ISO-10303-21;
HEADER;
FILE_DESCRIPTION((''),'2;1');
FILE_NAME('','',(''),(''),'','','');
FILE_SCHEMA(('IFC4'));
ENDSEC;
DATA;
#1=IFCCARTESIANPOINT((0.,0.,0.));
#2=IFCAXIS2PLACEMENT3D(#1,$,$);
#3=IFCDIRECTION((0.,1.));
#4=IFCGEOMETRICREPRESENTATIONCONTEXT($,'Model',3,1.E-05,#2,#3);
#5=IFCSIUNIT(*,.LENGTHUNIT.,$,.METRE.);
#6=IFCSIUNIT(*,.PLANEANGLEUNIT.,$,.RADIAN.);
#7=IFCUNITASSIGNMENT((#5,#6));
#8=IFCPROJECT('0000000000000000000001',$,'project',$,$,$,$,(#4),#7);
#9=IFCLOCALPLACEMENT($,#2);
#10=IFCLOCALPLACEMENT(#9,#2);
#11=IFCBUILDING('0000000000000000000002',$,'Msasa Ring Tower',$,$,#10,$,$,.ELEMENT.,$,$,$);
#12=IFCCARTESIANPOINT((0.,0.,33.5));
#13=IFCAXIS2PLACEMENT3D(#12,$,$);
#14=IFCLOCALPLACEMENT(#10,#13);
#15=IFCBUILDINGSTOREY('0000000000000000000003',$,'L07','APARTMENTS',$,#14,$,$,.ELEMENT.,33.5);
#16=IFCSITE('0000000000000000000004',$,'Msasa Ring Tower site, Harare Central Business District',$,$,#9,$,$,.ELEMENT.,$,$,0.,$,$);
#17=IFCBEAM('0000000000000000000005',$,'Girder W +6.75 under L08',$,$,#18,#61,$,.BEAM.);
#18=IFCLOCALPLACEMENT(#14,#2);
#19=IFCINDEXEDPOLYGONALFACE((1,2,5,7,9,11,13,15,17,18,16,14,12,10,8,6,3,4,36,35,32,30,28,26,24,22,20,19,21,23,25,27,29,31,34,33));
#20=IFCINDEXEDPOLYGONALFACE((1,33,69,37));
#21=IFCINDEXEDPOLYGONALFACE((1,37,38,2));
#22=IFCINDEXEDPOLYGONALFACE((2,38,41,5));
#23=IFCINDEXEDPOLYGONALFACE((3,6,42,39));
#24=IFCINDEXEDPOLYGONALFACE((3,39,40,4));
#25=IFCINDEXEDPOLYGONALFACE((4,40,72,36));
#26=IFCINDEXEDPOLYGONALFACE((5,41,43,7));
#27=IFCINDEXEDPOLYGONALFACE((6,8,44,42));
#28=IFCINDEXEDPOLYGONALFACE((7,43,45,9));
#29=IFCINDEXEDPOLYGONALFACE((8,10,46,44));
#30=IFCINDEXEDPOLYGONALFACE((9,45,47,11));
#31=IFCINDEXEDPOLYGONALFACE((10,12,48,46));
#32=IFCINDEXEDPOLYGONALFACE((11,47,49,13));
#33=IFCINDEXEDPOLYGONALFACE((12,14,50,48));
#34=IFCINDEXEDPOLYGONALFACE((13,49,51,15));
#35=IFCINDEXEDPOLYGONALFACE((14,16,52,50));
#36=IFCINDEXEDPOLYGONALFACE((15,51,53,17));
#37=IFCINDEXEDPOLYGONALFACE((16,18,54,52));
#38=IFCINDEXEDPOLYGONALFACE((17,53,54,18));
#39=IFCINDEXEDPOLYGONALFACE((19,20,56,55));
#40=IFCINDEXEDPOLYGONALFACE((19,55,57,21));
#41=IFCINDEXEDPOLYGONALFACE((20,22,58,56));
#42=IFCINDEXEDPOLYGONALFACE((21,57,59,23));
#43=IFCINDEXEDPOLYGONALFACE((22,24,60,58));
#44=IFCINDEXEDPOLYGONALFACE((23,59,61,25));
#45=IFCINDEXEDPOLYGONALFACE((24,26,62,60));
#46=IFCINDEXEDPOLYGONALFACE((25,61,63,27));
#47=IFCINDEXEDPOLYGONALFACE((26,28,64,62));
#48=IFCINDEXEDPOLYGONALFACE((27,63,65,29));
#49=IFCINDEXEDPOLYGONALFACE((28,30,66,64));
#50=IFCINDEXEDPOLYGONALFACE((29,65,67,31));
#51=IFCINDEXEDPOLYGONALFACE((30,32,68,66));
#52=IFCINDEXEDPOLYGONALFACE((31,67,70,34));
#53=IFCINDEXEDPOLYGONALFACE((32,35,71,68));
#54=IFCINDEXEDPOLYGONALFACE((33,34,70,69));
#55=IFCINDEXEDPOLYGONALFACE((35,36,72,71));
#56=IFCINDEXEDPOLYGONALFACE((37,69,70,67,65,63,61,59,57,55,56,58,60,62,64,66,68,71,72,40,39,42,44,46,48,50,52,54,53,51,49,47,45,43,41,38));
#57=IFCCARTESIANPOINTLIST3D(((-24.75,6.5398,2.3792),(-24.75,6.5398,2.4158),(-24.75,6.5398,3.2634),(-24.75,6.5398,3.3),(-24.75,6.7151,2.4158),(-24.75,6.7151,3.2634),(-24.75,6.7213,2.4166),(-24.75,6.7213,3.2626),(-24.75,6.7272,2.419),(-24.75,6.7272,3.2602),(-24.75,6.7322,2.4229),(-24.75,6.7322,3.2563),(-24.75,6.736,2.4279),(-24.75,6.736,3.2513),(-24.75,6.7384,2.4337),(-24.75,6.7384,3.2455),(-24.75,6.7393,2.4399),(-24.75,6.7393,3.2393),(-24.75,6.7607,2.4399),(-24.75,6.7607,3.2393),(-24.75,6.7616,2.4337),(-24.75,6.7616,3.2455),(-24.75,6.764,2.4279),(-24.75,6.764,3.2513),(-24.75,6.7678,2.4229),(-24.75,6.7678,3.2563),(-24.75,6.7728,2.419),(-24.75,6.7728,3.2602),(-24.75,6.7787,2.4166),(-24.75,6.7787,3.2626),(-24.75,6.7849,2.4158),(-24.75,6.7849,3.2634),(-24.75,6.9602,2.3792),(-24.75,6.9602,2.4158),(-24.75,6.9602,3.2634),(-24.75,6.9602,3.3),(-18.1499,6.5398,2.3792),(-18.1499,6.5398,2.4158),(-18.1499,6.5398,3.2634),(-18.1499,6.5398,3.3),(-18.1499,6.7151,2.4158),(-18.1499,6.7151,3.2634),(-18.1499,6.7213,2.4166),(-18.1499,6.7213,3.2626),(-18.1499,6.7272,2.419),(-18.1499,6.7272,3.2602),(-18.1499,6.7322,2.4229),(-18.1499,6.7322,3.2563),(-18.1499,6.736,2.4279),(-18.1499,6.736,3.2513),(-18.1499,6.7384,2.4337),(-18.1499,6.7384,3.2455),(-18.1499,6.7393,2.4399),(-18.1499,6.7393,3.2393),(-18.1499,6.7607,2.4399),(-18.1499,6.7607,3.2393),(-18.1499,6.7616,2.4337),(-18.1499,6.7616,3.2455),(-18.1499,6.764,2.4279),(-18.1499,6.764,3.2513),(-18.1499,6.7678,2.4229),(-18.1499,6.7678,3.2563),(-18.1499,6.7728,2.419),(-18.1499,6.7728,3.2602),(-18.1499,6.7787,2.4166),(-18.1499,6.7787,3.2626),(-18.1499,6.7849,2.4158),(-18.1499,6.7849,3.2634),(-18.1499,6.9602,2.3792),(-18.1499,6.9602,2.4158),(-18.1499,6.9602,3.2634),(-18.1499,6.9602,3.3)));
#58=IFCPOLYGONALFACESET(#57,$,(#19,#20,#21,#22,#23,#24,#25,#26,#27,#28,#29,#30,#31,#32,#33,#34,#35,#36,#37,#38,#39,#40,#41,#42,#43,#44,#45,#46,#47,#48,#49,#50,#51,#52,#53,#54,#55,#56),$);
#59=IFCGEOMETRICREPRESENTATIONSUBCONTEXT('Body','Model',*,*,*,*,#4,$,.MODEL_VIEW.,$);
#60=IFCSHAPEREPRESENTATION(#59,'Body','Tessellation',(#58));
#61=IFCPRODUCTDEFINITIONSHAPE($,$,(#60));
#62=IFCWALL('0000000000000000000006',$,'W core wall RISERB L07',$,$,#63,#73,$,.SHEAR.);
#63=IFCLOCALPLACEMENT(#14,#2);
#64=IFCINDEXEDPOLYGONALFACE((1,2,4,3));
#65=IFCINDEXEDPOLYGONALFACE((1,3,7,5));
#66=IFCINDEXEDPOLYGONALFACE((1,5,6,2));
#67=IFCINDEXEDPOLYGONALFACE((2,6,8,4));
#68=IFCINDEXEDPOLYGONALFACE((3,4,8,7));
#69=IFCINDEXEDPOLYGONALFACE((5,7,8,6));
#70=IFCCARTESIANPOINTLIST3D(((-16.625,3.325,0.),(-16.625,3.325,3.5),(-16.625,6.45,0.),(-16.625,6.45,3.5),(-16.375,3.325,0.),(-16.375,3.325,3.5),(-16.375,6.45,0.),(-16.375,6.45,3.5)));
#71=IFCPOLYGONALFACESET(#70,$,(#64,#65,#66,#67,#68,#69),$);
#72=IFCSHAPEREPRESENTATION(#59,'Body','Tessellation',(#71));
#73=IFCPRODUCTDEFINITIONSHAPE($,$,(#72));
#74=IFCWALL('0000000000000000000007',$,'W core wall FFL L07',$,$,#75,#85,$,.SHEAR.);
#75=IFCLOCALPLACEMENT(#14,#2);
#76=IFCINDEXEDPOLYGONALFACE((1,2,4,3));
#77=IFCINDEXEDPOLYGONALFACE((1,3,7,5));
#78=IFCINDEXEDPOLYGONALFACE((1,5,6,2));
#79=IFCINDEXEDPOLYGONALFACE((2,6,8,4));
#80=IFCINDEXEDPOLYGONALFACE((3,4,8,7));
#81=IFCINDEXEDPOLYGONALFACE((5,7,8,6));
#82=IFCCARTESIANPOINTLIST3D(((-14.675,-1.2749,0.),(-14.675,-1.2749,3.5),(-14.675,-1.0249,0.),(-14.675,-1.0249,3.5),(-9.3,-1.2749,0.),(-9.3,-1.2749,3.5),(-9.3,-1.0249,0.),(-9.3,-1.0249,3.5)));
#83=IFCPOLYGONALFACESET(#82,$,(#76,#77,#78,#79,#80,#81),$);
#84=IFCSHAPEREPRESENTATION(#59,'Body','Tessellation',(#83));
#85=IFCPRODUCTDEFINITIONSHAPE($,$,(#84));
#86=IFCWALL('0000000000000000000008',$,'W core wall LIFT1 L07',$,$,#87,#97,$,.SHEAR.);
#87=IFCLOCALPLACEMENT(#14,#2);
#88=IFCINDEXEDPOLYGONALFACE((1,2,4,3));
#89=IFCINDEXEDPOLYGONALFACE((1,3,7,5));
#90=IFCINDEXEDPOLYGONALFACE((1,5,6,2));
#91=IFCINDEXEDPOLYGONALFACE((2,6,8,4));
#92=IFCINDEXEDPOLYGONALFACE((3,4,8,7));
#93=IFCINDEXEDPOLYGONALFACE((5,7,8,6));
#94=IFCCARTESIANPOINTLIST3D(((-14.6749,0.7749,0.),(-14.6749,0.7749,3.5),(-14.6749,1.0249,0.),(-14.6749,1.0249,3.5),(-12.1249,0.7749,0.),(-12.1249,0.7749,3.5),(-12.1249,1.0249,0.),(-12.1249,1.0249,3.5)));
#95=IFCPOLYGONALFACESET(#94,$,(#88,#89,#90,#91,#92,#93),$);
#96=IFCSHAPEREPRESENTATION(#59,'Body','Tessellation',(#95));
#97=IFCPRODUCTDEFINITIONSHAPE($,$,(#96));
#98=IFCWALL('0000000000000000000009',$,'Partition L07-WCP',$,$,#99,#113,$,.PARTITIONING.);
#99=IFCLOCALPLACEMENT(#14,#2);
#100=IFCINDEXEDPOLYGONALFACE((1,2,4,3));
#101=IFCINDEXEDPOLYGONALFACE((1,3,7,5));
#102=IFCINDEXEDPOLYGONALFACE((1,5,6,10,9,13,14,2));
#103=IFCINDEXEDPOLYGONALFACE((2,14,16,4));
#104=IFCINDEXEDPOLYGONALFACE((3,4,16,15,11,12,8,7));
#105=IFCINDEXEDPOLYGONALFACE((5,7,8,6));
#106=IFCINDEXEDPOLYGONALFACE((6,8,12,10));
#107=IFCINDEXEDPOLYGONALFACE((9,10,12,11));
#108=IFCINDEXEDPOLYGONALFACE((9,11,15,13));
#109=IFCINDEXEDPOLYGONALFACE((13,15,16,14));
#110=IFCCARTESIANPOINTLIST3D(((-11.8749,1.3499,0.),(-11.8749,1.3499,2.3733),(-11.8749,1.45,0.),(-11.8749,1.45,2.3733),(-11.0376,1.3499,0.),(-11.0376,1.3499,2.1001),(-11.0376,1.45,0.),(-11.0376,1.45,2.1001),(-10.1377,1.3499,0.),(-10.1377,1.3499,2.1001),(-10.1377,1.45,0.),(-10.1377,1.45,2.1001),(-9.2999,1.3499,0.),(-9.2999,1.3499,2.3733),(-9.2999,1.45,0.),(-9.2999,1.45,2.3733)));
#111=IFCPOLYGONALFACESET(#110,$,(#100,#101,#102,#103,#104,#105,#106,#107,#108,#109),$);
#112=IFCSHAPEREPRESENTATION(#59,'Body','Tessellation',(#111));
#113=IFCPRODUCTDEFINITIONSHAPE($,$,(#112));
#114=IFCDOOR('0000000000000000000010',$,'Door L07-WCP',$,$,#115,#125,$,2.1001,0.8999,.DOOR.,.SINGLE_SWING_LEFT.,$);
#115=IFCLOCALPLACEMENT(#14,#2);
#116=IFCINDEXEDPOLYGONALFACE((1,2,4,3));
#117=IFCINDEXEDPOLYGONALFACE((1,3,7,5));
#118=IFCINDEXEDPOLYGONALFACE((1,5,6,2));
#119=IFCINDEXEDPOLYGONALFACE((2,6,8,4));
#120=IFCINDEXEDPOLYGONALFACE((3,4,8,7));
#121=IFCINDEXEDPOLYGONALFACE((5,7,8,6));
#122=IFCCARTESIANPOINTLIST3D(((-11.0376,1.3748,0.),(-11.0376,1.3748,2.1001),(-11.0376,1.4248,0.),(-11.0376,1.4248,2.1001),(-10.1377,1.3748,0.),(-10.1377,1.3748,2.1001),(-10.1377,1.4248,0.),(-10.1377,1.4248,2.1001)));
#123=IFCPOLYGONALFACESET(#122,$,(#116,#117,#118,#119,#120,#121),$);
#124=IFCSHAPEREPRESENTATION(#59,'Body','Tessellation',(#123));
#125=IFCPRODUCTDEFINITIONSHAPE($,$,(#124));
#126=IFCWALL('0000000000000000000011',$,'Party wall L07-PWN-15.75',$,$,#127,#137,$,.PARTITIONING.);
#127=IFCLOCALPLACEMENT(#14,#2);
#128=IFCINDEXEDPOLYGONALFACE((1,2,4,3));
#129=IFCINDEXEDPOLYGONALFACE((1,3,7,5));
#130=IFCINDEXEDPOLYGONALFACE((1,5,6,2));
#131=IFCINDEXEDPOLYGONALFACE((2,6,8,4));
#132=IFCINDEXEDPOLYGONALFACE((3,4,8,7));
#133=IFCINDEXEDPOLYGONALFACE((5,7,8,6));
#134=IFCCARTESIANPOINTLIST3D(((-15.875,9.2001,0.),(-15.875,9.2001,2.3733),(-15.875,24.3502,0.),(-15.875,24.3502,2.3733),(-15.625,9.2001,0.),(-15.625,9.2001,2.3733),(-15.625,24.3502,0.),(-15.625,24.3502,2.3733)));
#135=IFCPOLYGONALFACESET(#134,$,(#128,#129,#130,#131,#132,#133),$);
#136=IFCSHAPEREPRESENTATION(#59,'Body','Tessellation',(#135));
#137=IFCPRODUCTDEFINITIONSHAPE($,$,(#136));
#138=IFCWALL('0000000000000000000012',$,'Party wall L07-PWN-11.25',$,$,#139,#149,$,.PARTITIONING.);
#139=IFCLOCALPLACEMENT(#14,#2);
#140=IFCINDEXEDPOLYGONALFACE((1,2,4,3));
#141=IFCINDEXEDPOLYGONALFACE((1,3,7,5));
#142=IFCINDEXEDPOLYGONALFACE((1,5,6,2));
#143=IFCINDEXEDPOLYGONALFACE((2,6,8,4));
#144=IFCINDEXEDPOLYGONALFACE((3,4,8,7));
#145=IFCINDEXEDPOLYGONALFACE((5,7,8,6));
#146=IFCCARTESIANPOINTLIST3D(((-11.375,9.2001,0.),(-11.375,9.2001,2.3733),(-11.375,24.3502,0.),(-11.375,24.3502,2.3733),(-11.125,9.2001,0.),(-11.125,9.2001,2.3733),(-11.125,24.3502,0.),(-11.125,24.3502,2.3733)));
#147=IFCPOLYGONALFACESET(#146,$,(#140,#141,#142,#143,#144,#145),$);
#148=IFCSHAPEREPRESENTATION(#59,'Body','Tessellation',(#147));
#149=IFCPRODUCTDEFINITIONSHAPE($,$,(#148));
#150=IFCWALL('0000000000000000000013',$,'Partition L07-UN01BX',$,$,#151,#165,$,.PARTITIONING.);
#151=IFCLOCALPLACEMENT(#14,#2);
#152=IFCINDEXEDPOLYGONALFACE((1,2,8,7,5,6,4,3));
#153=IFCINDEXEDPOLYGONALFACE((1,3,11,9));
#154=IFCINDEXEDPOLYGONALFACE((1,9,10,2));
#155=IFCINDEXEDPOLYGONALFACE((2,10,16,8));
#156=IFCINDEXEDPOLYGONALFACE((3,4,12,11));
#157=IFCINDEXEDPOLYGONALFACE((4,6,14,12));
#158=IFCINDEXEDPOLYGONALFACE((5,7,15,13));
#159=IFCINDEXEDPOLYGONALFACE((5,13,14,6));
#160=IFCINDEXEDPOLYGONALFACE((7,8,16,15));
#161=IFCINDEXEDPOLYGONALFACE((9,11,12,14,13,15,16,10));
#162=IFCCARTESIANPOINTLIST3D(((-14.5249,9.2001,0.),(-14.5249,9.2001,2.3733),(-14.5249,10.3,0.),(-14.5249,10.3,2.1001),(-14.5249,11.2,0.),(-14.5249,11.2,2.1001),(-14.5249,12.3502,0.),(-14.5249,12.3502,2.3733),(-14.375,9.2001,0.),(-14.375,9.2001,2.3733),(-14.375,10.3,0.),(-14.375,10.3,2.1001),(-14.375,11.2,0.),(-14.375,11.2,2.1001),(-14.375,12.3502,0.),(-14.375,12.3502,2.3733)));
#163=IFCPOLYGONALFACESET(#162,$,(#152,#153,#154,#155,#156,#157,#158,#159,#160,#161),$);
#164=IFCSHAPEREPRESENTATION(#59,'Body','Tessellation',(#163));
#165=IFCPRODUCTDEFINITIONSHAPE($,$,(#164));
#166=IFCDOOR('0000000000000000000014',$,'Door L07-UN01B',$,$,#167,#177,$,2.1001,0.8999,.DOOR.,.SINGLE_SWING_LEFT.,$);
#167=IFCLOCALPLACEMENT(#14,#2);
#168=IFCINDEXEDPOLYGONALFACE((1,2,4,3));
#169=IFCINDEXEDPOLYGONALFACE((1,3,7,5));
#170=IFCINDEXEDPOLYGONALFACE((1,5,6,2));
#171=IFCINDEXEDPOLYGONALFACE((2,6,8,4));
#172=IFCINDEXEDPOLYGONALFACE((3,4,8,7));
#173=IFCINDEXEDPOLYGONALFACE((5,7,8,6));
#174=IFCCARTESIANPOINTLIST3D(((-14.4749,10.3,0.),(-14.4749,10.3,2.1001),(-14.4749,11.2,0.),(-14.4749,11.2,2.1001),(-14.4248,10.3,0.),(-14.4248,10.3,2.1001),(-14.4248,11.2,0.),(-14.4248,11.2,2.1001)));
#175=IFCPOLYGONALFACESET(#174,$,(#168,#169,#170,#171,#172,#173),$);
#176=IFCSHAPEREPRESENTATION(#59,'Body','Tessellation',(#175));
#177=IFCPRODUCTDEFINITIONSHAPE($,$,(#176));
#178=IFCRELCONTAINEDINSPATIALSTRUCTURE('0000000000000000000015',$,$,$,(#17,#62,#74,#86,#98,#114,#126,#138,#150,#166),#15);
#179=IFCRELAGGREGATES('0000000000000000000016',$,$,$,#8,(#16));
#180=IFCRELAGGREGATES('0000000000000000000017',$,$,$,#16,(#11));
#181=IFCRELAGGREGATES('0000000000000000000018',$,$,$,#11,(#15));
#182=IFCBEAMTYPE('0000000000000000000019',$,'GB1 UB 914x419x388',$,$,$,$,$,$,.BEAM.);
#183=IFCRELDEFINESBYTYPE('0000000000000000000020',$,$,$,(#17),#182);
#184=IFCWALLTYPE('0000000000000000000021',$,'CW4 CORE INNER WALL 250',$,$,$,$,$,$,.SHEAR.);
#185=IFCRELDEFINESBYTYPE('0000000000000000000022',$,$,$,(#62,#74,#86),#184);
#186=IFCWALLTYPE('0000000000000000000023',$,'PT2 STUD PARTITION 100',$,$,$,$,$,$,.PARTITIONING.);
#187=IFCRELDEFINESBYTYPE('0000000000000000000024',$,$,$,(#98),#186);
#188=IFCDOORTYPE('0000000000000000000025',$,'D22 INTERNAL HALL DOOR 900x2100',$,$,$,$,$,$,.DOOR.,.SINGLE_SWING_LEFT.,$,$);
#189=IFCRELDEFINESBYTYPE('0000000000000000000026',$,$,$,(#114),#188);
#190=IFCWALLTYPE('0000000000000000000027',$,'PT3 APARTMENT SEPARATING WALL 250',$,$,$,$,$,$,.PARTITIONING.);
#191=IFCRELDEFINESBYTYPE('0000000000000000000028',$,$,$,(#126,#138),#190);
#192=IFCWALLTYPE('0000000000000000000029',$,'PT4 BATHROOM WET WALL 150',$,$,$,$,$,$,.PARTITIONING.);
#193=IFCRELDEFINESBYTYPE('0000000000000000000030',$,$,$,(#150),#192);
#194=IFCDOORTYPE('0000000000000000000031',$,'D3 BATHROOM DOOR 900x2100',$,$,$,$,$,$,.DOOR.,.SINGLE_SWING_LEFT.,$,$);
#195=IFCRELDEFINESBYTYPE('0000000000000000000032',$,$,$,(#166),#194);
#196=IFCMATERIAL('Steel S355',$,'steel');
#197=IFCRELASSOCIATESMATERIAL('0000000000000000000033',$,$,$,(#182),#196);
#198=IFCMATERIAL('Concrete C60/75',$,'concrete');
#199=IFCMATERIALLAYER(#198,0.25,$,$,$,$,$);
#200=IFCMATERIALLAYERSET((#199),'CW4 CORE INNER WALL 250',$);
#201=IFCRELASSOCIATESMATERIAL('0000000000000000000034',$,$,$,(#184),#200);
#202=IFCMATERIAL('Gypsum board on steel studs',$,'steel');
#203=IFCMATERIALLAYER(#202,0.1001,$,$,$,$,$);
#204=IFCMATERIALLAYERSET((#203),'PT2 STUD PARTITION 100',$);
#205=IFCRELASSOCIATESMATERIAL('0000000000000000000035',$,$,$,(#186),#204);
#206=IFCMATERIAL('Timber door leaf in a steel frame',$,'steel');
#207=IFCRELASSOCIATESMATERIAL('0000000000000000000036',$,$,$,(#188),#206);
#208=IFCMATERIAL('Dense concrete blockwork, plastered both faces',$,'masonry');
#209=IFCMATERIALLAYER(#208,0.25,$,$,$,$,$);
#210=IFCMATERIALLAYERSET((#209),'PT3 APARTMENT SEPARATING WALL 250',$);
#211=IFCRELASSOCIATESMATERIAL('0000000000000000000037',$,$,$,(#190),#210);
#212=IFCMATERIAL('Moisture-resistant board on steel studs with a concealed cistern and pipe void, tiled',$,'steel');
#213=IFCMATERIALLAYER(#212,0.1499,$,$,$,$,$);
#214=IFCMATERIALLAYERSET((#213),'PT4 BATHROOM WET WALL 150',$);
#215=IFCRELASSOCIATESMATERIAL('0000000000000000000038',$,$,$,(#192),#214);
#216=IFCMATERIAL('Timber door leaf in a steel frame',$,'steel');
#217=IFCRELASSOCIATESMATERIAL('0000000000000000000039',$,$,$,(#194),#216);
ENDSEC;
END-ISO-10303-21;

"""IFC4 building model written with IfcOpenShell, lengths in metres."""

from ifc_helpers import new_model, si_unit, direction, frame, frame_2d, origin, origin_2d, place, context, subcontext, project, spatial, rectangle, i_section, extrude, material, layer, layer_set, material_profile, profile_set, type_object, element, fill, save


model = new_model("IFC4")

# Units and contexts
model_context = context("Model", 3, precision=1e-05, world=origin(), true_north=direction((0.0, 1.0)))
body_context = subcontext(model_context, "Body", "Model", "MODEL_VIEW")
ifc_project = project(units=[si_unit("LENGTHUNIT", "METRE"), si_unit("PLANEANGLEUNIT", "RADIAN")], contexts=[model_context])

# Site, building, storey
site_placement = place(None, origin())
site = spatial("IfcSite", under=ifc_project, at=site_placement, Name="Msasa Ring Tower site, Harare Central Business District", CompositionType="ELEMENT", RefElevation=0.0)
building_placement = place(site_placement, origin())
building = spatial("IfcBuilding", under=site, at=building_placement, Name="Msasa Ring Tower", CompositionType="ELEMENT")
storey_placement = place(building_placement, frame((0.0, 0.0, 33.5)))
storey = spatial("IfcBuildingStorey", under=building, at=storey_placement, Name="L07", Description="APARTMENTS", CompositionType="ELEMENT", Elevation=33.5)

# Beam
ifc_material_1 = material(Name="Steel S355", Category="steel")
ifc_material_profile = material_profile(ifc_material_1, i_section(OverallWidth=0.4204, OverallDepth=0.9209, WebThickness=0.0215, FlangeThickness=0.0366, FilletRadius=0.0242, at=origin_2d()), Name="UB 914x419x388")
ifc_profile_set = profile_set([ifc_material_profile], Name="Steel S355")
beam_type = type_object("IfcBeamType", Name="GB1 UB 914x419x388", PredefinedType="BEAM", material=ifc_profile_set)
beam_placement = place(storey_placement, frame((-18.1499, 6.75, 2.8396), z_axis=(-1.0, 0.0, 0.0), x_axis=(0.0, -1.0, 0.0)))
element("IfcBeam", 1, at=beam_placement, inside=storey, type_object=beam_type, Name="Girder W +6.75 under L08", PredefinedType="BEAM", context=body_context, shape_type="SweptSolid", body=[
    extrude(i_section(OverallWidth=0.4204, OverallDepth=0.9209, WebThickness=0.0215, FlangeThickness=0.0366, FilletRadius=0.0242, at=origin_2d()), origin(), (0.0, 0.0, 1.0), 6.6001),
])

# Walls
ifc_material_2 = material(Name="Concrete C60/75", Category="concrete")
ifc_layer_1 = layer(ifc_material_2, 0.25)
ifc_layer_set_1 = layer_set([ifc_layer_1], Name="CW4 CORE INNER WALL 250")
wall_type_1 = type_object("IfcWallType", Name="CW4 CORE INNER WALL 250", PredefinedType="SHEAR", material=ifc_layer_set_1)
wall_1_placement = place(storey_placement, frame((-16.5, 3.325, 0.0), z_axis=(0.0, 0.0, 1.0), x_axis=(0.0, 1.0, 0.0)))
element("IfcWall", 2, at=wall_1_placement, inside=storey, type_object=wall_type_1, Name="W core wall RISERB L07", PredefinedType="SHEAR", context=body_context, shape_type="SweptSolid", body=[
    extrude(rectangle(XDim=3.125, YDim=0.25, at=frame_2d((1.5625, 0.0))), origin(), (0.0, 0.0, 1.0), 3.5),
])
wall_2_placement = place(storey_placement, frame((-9.3, -1.1499, 0.0), z_axis=(0.0, 0.0, 1.0), x_axis=(-1.0, 0.0, 0.0)))
element("IfcWall", 3, at=wall_2_placement, inside=storey, type_object=wall_type_1, Name="W core wall FFL L07", PredefinedType="SHEAR", context=body_context, shape_type="SweptSolid", body=[
    extrude(rectangle(XDim=5.375, YDim=0.25, at=frame_2d((2.6875, 0.0))), origin(), (0.0, 0.0, 1.0), 3.5),
])
wall_3_placement = place(storey_placement, frame((-12.125, 0.8999, 0.0), z_axis=(0.0, 0.0, 1.0), x_axis=(-1.0, 0.0, 0.0)))
element("IfcWall", 4, at=wall_3_placement, inside=storey, type_object=wall_type_1, Name="W core wall LIFT1 L07", PredefinedType="SHEAR", context=body_context, shape_type="SweptSolid", body=[
    extrude(rectangle(XDim=2.55, YDim=0.25, at=frame_2d((1.2749, 0.0))), origin(), (0.0, 0.0, 1.0), 3.5),
])

# Wall, opening, door
ifc_material_3 = material(Name="Gypsum board on steel studs", Category="steel")
ifc_layer_2 = layer(ifc_material_3, 0.1001)
ifc_layer_set_2 = layer_set([ifc_layer_2], Name="PT2 STUD PARTITION 100")
wall_type_2 = type_object("IfcWallType", Name="PT2 STUD PARTITION 100", PredefinedType="PARTITIONING", material=ifc_layer_set_2)
wall_4_placement = place(storey_placement, frame((-11.875, 1.3999, 0.0), z_axis=(0.0, 0.0, 1.0), x_axis=(1.0, 0.0, 0.0)))
wall_4 = element("IfcWall", 5, at=wall_4_placement, inside=storey, type_object=wall_type_2, Name="Partition L07-WCP", PredefinedType="PARTITIONING", context=body_context, shape_type="SweptSolid", body=[
    extrude(rectangle(XDim=2.575, YDim=0.1001, at=frame_2d((1.2876, 0.0))), origin(), (0.0, 0.0, 1.0), 2.3733),
])
opening_1_placement = place(wall_4_placement, frame((0.8374, 0.0, 0.0)))
opening_1 = element("IfcOpeningElement", 6, at=opening_1_placement, cuts=wall_4, PredefinedType="OPENING", context=body_context, shape_type="SweptSolid", body=[
    extrude(rectangle(XDim=0.8999, YDim=2.1001, at=frame_2d((0.45, 1.05))), frame((0.0, 0.0601, 0.0), z_axis=(0.0, -1.0, 0.0), x_axis=(1.0, 0.0, 0.0)), (0.0, 0.0, 1.0), 0.1201),
])
ifc_material_4 = material(Name="Timber door leaf in a steel frame", Category="steel")
door_type_1 = type_object("IfcDoorType", Name="D22 INTERNAL HALL DOOR 900x2100", OperationType="SINGLE_SWING_LEFT", PredefinedType="DOOR", material=ifc_material_4)
door_1_placement = place(opening_1_placement, origin())
door_1 = element("IfcDoor", 7, at=door_1_placement, inside=storey, type_object=door_type_1, Name="Door L07-WCP", OperationType="SINGLE_SWING_LEFT", OverallHeight=2.1001, OverallWidth=0.8999, PredefinedType="DOOR", context=body_context, shape_type="SweptSolid", body=[
    extrude(rectangle(XDim=0.8999, YDim=2.1001, at=frame_2d((0.45, 1.05))), frame((0.0, 0.0249, 0.0), z_axis=(0.0, -1.0, 0.0), x_axis=(1.0, 0.0, 0.0)), (0.0, 0.0, 1.0), 0.05),
])
fill(opening_1, door_1)

# Walls
ifc_material_5 = material(Name="Dense concrete blockwork, plastered both faces", Category="masonry")
ifc_layer_3 = layer(ifc_material_5, 0.25)
ifc_layer_set_3 = layer_set([ifc_layer_3], Name="PT3 APARTMENT SEPARATING WALL 250")
wall_type_3 = type_object("IfcWallType", Name="PT3 APARTMENT SEPARATING WALL 250", PredefinedType="PARTITIONING", material=ifc_layer_set_3)
for number, where, z_axis, x_axis, name in (
    (8, (-15.75, 9.2, 0.0), (0.0, 0.0, 1.0), (0.0, 1.0, 0.0), "Party wall L07-PWN-15.75"),
    (9, (-11.25, 9.2, 0.0), (0.0, 0.0, 1.0), (0.0, 1.0, 0.0), "Party wall L07-PWN-11.25"),
):
    element("IfcWall", number, at=place(storey_placement, frame(where, z_axis=z_axis, x_axis=x_axis)), inside=storey, type_object=wall_type_3, Name=name, PredefinedType="PARTITIONING", context=body_context, shape_type="SweptSolid", body=[
        extrude(rectangle(XDim=15.1501, YDim=0.25, at=frame_2d((7.5752, 0.0))), origin(), (0.0, 0.0, 1.0), 2.3733),
    ])

# Wall, opening, door
ifc_material_6 = material(Name="Moisture-resistant board on steel studs with a concealed cistern and pipe void, tiled", Category="steel")
ifc_layer_4 = layer(ifc_material_6, 0.1499)
ifc_layer_set_4 = layer_set([ifc_layer_4], Name="PT4 BATHROOM WET WALL 150")
wall_type_4 = type_object("IfcWallType", Name="PT4 BATHROOM WET WALL 150", PredefinedType="PARTITIONING", material=ifc_layer_set_4)
wall_5_placement = place(storey_placement, frame((-14.45, 9.2, 0.0), z_axis=(0.0, 0.0, 1.0), x_axis=(0.0, 1.0, 0.0)))
wall_5 = element("IfcWall", 10, at=wall_5_placement, inside=storey, type_object=wall_type_4, Name="Partition L07-UN01BX", PredefinedType="PARTITIONING", context=body_context, shape_type="SweptSolid", body=[
    extrude(rectangle(XDim=3.1501, YDim=0.1499, at=frame_2d((1.5752, 0.0))), origin(), (0.0, 0.0, 1.0), 2.3733),
])
opening_2_placement = place(wall_5_placement, frame((1.1001, 0.0, 0.0)))
opening_2 = element("IfcOpeningElement", 11, at=opening_2_placement, cuts=wall_5, PredefinedType="OPENING", context=body_context, shape_type="SweptSolid", body=[
    extrude(rectangle(XDim=0.8999, YDim=2.1001, at=frame_2d((0.45, 1.05))), frame((0.0, 0.085, 0.0), z_axis=(0.0, -1.0, 0.0), x_axis=(1.0, 0.0, 0.0)), (0.0, 0.0, 1.0), 0.1699),
])
ifc_material_7 = material(Name="Timber door leaf in a steel frame", Category="steel")
door_type_2 = type_object("IfcDoorType", Name="D3 BATHROOM DOOR 900x2100", OperationType="SINGLE_SWING_LEFT", PredefinedType="DOOR", material=ifc_material_7)
door_2_placement = place(opening_2_placement, origin())
door_2 = element("IfcDoor", 12, at=door_2_placement, inside=storey, type_object=door_type_2, Name="Door L07-UN01B", OperationType="SINGLE_SWING_LEFT", OverallHeight=2.1001, OverallWidth=0.8999, PredefinedType="DOOR", context=body_context, shape_type="SweptSolid", body=[
    extrude(rectangle(XDim=0.8999, YDim=2.1001, at=frame_2d((0.45, 1.05))), frame((0.0, 0.0249, 0.0), z_axis=(0.0, -1.0, 0.0), x_axis=(1.0, 0.0, 0.0)), (0.0, 0.0, 1.0), 0.05),
])
fill(opening_2, door_2)

save(model, "model.ifc")
